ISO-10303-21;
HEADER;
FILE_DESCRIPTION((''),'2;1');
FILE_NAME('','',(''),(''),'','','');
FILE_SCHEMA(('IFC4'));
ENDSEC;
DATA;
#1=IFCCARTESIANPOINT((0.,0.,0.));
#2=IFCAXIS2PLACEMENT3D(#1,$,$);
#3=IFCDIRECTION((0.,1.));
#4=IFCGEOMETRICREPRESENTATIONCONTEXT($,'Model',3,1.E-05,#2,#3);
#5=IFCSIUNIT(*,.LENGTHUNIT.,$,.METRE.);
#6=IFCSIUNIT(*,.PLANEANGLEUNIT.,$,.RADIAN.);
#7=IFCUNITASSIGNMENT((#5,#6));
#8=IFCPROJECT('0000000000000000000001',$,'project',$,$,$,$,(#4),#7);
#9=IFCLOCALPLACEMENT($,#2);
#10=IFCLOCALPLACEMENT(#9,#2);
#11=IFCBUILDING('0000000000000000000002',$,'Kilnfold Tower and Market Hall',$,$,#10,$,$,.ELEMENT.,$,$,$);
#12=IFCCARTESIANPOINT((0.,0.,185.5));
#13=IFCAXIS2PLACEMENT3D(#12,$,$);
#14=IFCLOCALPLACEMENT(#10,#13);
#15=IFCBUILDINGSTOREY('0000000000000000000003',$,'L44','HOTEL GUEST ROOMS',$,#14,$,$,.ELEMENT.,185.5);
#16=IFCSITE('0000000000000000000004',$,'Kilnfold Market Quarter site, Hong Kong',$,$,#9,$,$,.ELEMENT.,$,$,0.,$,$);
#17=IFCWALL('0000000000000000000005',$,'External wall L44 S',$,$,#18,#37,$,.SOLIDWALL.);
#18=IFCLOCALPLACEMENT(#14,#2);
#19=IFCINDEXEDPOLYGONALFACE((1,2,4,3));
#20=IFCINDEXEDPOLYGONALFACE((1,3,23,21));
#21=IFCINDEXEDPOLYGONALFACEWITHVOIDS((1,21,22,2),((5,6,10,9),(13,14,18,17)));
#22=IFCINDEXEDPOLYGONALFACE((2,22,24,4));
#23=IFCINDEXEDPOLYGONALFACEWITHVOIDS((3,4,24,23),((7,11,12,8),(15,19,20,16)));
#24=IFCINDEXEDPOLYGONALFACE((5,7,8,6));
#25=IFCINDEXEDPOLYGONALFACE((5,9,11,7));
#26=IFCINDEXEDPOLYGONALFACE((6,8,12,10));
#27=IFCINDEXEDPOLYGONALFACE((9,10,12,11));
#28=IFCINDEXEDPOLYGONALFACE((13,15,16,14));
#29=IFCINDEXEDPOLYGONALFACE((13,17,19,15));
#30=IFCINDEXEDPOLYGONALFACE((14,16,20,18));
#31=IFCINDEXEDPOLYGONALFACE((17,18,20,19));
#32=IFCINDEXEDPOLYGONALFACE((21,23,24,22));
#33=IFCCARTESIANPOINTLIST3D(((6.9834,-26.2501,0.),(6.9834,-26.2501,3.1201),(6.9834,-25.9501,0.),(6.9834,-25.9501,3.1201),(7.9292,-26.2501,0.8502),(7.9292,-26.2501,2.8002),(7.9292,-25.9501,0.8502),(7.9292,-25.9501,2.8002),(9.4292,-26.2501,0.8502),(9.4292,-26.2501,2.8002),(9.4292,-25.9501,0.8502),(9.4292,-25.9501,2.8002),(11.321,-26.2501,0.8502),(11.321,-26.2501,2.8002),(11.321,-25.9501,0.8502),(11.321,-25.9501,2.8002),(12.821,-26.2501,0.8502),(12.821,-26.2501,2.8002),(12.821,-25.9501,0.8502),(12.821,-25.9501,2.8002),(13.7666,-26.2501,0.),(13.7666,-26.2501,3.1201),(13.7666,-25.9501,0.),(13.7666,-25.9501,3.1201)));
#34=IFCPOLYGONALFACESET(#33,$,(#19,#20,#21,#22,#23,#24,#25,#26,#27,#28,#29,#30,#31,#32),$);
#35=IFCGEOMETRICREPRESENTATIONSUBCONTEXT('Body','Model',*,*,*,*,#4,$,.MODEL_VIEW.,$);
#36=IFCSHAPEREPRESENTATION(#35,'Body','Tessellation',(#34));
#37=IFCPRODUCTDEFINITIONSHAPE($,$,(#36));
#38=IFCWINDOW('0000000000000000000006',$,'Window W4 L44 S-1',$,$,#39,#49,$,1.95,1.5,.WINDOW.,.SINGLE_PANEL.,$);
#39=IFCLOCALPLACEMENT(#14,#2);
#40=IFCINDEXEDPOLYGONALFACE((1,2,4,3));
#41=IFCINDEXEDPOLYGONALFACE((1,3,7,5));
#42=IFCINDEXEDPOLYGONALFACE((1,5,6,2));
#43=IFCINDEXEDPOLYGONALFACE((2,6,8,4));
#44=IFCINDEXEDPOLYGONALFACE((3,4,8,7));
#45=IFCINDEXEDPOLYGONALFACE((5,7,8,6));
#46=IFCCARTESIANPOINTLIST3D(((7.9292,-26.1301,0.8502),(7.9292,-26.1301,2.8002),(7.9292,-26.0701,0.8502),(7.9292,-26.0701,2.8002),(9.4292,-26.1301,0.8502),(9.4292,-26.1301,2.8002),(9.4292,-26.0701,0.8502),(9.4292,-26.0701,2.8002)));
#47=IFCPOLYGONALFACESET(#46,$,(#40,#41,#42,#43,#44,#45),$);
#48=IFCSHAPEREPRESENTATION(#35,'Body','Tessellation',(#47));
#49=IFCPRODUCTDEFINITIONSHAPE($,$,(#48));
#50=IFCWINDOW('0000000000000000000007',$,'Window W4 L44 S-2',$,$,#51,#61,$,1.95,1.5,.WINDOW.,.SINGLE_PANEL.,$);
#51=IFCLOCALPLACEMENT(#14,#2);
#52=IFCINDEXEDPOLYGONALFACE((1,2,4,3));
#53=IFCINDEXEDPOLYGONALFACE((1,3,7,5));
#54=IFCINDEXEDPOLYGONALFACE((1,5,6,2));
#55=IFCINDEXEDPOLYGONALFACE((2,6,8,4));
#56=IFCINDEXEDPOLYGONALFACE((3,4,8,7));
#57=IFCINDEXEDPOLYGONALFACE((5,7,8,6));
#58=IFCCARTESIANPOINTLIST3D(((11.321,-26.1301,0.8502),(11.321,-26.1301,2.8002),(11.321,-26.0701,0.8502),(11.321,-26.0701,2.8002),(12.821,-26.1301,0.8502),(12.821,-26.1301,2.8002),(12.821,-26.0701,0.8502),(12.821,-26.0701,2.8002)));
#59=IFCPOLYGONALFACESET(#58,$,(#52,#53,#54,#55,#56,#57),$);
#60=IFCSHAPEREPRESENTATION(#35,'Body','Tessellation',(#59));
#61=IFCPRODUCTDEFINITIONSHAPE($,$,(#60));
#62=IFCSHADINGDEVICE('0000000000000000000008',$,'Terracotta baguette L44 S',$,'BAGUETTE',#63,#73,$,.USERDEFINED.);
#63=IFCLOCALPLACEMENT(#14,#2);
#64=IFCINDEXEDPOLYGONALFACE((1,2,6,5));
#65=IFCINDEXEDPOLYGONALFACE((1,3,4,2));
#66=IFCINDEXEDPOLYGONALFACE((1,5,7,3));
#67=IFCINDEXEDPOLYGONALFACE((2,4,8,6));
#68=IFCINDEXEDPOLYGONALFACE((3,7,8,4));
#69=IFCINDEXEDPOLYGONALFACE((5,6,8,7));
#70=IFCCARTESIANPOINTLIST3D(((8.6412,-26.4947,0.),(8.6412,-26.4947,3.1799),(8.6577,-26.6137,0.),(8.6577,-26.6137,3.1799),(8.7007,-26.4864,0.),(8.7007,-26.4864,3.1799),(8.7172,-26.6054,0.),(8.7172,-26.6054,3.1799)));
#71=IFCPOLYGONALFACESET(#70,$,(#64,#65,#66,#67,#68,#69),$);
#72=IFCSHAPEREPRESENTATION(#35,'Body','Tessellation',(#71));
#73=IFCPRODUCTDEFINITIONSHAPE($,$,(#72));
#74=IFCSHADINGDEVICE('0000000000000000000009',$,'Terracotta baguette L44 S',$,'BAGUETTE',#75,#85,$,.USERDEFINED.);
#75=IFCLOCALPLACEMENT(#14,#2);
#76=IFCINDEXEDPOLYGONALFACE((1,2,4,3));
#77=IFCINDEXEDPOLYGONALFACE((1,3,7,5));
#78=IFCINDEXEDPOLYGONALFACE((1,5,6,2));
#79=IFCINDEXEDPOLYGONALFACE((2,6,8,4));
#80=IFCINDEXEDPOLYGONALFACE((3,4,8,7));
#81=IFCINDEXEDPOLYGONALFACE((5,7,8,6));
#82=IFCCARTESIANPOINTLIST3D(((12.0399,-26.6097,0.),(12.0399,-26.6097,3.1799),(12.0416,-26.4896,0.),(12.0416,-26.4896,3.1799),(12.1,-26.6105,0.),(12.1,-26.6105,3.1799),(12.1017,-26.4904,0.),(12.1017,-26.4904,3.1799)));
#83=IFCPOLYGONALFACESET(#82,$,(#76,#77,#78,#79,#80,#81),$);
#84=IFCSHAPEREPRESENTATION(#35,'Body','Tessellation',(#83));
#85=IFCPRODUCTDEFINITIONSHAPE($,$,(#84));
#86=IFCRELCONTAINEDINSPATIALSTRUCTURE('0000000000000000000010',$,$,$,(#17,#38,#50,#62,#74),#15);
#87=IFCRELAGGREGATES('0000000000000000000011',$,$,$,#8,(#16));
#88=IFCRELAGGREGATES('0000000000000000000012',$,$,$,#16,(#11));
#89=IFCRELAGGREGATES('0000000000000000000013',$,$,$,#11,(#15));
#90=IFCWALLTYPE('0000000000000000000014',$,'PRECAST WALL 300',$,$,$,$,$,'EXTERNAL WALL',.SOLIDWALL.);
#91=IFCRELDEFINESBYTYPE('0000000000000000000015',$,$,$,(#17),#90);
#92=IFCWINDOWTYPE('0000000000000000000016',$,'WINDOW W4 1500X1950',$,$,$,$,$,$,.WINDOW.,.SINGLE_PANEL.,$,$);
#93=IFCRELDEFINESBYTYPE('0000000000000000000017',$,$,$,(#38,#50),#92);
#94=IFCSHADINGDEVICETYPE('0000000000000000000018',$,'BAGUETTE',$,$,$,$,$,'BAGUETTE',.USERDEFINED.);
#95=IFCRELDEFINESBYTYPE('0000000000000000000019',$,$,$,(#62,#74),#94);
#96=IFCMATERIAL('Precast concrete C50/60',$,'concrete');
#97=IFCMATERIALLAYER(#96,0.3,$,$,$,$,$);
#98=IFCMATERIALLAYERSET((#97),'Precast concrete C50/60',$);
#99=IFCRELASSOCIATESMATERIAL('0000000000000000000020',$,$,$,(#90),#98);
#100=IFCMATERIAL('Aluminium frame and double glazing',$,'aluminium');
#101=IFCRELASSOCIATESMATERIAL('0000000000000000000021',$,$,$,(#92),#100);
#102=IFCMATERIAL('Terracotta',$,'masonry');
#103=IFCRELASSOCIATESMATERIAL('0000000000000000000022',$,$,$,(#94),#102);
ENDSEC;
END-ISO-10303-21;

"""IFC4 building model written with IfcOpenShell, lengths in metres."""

from ifc_helpers import new_model, si_unit, direction, frame, frame_2d, origin, origin_2d, place, context, subcontext, project, spatial, rectangle, extrude, source, transform, mapped, material, layer, layer_set, material_profile, profile_set, type_object, element, fill, save


model = new_model("IFC4")

# Units and contexts
model_context = context("Model", 3, precision=1e-05, world=origin(), true_north=direction((0.0, 1.0)))
body_context = subcontext(model_context, "Body", "Model", "MODEL_VIEW")
ifc_project = project(units=[si_unit("LENGTHUNIT", "METRE"), si_unit("PLANEANGLEUNIT", "RADIAN")], contexts=[model_context])

# Site, building, storey
site_placement = place(None, origin())
site = spatial("IfcSite", under=ifc_project, at=site_placement, Name="Kilnfold Market Quarter site, Hong Kong", CompositionType="ELEMENT", RefElevation=0.0)
building_placement = place(site_placement, origin())
building = spatial("IfcBuilding", under=site, at=building_placement, Name="Kilnfold Tower and Market Hall", CompositionType="ELEMENT")
storey_placement = place(building_placement, frame((0.0, 0.0, 185.5)))
storey = spatial("IfcBuildingStorey", under=building, at=storey_placement, Name="L44", Description="HOTEL GUEST ROOMS", CompositionType="ELEMENT", Elevation=185.5)

# Wall, openings, windows
ifc_material_1 = material(Name="Precast concrete C50/60", Category="concrete")
ifc_layer_1 = layer(ifc_material_1, 0.3)
ifc_layer_set_1 = layer_set([ifc_layer_1], Name="Precast concrete C50/60")
wall_type_1 = type_object("IfcWallType", Name="PRECAST WALL 300", ElementType="EXTERNAL WALL", PredefinedType="SOLIDWALL", material=ifc_layer_set_1)
shared_shape_1 = source(origin(), body_context, "Body", "SweptSolid", [
    extrude(rectangle(XDim=6.7832, YDim=0.3, at=frame_2d((3.3916, 0.0))), origin(), (0.0, 0.0, 1.0), 3.1201),
])
wall_1_placement = place(storey_placement, frame((6.9834, -26.1001, 0.0), z_axis=(0.0, 0.0, 1.0), x_axis=(1.0, 0.0, 0.0)))
wall_1 = element("IfcWall", 1, at=wall_1_placement, inside=storey, type_object=wall_type_1, Name="External wall L44 S", PredefinedType="SOLIDWALL", context=body_context, shape_type="MappedRepresentation", body=[
    mapped(shared_shape_1, transform((0.0, 0.0, 0.0))),
])
opening_1_placement = place(wall_1_placement, frame((0.9458, 0.0, 0.8501)))
opening_1 = element("IfcOpeningElement", 2, at=opening_1_placement, cuts=wall_1, PredefinedType="OPENING", context=body_context, shape_type="SweptSolid", body=[
    extrude(rectangle(XDim=1.5, YDim=1.95, at=frame_2d((0.75, 0.9751))), frame((0.0, 0.1602, 0.0), z_axis=(0.0, -1.0, 0.0), x_axis=(1.0, 0.0, 0.0)), (0.0, 0.0, 1.0), 0.3201),
])
opening_2_placement = place(wall_1_placement, frame((4.3376, 0.0, 0.8501)))
opening_2 = element("IfcOpeningElement", 3, at=opening_2_placement, cuts=wall_1, PredefinedType="OPENING", context=body_context, shape_type="SweptSolid", body=[
    extrude(rectangle(XDim=1.5, YDim=1.95, at=frame_2d((0.75, 0.9751))), frame((0.0, 0.1602, 0.0), z_axis=(0.0, -1.0, 0.0), x_axis=(1.0, 0.0, 0.0)), (0.0, 0.0, 1.0), 0.3201),
])
ifc_material_2 = material(Name="Aluminium frame and double glazing", Category="aluminium")
window_type = type_object("IfcWindowType", Name="WINDOW W4 1500X1950", PartitioningType="SINGLE_PANEL", PredefinedType="WINDOW", material=ifc_material_2)
window_1_placement = place(opening_1_placement, origin())
window_1 = element("IfcWindow", 4, at=window_1_placement, inside=storey, type_object=window_type, Name="Window W4 L44 S-1", OverallHeight=1.95, OverallWidth=1.5, PartitioningType="SINGLE_PANEL", PredefinedType="WINDOW", context=body_context, shape_type="SweptSolid", body=[
    extrude(rectangle(XDim=1.5, YDim=1.95, at=frame_2d((0.75, 0.9751))), frame((0.0, 0.03, 0.0), z_axis=(0.0, -1.0, 0.0), x_axis=(1.0, 0.0, 0.0)), (0.0, 0.0, 1.0), 0.0601),
])
fill(opening_1, window_1)
window_2_placement = place(opening_2_placement, origin())
window_2 = element("IfcWindow", 5, at=window_2_placement, inside=storey, type_object=window_type, Name="Window W4 L44 S-2", OverallHeight=1.95, OverallWidth=1.5, PartitioningType="SINGLE_PANEL", PredefinedType="WINDOW", context=body_context, shape_type="SweptSolid", body=[
    extrude(rectangle(XDim=1.5, YDim=1.95, at=frame_2d((0.75, 0.9751))), frame((0.0, 0.03, 0.0), z_axis=(0.0, -1.0, 0.0), x_axis=(1.0, 0.0, 0.0)), (0.0, 0.0, 1.0), 0.0601),
])
fill(opening_2, window_2)

# Shading devices
ifc_material_3 = material(Name="Terracotta", Category="masonry")
ifc_material_profile_1 = material_profile(ifc_material_3, rectangle(XDim=0.0601, YDim=0.1201, at=origin_2d()), Name="BAG 60x120")
ifc_profile_set_1 = profile_set([ifc_material_profile_1], Name="Terracotta")
shading_device_type = type_object("IfcShadingDeviceType", Name="BAGUETTE", ElementType="BAGUETTE", PredefinedType="USERDEFINED", material=ifc_profile_set_1)
shared_shape_2 = source(origin(), body_context, "Body", "SweptSolid", [
    extrude(rectangle(XDim=0.0601, YDim=0.1201, at=origin_2d()), origin(), (0.0, 0.0, 1.0), 3.1799),
])
for number, where, z_axis, x_axis, name in (
    (6, (8.6792, -26.55, 0.0), (0.0, 0.0, 1.0), (0.990494, 0.137555, 0.0), "Terracotta baguette L44 S"),
    (7, (12.0708, -26.55, 0.0), (0.0, 0.0, 1.0), (0.999894, -0.014564, 0.0), "Terracotta baguette L44 S"),
):
    element("IfcShadingDevice", number, at=place(storey_placement, frame(where, z_axis=z_axis, x_axis=x_axis)), inside=storey, type_object=shading_device_type, Name=name, ObjectType="BAGUETTE", PredefinedType="USERDEFINED", context=body_context, shape_type="MappedRepresentation", body=[
        mapped(shared_shape_2, transform((0.0, 0.0, 0.0))),
    ])

save(model, "model.ifc")
